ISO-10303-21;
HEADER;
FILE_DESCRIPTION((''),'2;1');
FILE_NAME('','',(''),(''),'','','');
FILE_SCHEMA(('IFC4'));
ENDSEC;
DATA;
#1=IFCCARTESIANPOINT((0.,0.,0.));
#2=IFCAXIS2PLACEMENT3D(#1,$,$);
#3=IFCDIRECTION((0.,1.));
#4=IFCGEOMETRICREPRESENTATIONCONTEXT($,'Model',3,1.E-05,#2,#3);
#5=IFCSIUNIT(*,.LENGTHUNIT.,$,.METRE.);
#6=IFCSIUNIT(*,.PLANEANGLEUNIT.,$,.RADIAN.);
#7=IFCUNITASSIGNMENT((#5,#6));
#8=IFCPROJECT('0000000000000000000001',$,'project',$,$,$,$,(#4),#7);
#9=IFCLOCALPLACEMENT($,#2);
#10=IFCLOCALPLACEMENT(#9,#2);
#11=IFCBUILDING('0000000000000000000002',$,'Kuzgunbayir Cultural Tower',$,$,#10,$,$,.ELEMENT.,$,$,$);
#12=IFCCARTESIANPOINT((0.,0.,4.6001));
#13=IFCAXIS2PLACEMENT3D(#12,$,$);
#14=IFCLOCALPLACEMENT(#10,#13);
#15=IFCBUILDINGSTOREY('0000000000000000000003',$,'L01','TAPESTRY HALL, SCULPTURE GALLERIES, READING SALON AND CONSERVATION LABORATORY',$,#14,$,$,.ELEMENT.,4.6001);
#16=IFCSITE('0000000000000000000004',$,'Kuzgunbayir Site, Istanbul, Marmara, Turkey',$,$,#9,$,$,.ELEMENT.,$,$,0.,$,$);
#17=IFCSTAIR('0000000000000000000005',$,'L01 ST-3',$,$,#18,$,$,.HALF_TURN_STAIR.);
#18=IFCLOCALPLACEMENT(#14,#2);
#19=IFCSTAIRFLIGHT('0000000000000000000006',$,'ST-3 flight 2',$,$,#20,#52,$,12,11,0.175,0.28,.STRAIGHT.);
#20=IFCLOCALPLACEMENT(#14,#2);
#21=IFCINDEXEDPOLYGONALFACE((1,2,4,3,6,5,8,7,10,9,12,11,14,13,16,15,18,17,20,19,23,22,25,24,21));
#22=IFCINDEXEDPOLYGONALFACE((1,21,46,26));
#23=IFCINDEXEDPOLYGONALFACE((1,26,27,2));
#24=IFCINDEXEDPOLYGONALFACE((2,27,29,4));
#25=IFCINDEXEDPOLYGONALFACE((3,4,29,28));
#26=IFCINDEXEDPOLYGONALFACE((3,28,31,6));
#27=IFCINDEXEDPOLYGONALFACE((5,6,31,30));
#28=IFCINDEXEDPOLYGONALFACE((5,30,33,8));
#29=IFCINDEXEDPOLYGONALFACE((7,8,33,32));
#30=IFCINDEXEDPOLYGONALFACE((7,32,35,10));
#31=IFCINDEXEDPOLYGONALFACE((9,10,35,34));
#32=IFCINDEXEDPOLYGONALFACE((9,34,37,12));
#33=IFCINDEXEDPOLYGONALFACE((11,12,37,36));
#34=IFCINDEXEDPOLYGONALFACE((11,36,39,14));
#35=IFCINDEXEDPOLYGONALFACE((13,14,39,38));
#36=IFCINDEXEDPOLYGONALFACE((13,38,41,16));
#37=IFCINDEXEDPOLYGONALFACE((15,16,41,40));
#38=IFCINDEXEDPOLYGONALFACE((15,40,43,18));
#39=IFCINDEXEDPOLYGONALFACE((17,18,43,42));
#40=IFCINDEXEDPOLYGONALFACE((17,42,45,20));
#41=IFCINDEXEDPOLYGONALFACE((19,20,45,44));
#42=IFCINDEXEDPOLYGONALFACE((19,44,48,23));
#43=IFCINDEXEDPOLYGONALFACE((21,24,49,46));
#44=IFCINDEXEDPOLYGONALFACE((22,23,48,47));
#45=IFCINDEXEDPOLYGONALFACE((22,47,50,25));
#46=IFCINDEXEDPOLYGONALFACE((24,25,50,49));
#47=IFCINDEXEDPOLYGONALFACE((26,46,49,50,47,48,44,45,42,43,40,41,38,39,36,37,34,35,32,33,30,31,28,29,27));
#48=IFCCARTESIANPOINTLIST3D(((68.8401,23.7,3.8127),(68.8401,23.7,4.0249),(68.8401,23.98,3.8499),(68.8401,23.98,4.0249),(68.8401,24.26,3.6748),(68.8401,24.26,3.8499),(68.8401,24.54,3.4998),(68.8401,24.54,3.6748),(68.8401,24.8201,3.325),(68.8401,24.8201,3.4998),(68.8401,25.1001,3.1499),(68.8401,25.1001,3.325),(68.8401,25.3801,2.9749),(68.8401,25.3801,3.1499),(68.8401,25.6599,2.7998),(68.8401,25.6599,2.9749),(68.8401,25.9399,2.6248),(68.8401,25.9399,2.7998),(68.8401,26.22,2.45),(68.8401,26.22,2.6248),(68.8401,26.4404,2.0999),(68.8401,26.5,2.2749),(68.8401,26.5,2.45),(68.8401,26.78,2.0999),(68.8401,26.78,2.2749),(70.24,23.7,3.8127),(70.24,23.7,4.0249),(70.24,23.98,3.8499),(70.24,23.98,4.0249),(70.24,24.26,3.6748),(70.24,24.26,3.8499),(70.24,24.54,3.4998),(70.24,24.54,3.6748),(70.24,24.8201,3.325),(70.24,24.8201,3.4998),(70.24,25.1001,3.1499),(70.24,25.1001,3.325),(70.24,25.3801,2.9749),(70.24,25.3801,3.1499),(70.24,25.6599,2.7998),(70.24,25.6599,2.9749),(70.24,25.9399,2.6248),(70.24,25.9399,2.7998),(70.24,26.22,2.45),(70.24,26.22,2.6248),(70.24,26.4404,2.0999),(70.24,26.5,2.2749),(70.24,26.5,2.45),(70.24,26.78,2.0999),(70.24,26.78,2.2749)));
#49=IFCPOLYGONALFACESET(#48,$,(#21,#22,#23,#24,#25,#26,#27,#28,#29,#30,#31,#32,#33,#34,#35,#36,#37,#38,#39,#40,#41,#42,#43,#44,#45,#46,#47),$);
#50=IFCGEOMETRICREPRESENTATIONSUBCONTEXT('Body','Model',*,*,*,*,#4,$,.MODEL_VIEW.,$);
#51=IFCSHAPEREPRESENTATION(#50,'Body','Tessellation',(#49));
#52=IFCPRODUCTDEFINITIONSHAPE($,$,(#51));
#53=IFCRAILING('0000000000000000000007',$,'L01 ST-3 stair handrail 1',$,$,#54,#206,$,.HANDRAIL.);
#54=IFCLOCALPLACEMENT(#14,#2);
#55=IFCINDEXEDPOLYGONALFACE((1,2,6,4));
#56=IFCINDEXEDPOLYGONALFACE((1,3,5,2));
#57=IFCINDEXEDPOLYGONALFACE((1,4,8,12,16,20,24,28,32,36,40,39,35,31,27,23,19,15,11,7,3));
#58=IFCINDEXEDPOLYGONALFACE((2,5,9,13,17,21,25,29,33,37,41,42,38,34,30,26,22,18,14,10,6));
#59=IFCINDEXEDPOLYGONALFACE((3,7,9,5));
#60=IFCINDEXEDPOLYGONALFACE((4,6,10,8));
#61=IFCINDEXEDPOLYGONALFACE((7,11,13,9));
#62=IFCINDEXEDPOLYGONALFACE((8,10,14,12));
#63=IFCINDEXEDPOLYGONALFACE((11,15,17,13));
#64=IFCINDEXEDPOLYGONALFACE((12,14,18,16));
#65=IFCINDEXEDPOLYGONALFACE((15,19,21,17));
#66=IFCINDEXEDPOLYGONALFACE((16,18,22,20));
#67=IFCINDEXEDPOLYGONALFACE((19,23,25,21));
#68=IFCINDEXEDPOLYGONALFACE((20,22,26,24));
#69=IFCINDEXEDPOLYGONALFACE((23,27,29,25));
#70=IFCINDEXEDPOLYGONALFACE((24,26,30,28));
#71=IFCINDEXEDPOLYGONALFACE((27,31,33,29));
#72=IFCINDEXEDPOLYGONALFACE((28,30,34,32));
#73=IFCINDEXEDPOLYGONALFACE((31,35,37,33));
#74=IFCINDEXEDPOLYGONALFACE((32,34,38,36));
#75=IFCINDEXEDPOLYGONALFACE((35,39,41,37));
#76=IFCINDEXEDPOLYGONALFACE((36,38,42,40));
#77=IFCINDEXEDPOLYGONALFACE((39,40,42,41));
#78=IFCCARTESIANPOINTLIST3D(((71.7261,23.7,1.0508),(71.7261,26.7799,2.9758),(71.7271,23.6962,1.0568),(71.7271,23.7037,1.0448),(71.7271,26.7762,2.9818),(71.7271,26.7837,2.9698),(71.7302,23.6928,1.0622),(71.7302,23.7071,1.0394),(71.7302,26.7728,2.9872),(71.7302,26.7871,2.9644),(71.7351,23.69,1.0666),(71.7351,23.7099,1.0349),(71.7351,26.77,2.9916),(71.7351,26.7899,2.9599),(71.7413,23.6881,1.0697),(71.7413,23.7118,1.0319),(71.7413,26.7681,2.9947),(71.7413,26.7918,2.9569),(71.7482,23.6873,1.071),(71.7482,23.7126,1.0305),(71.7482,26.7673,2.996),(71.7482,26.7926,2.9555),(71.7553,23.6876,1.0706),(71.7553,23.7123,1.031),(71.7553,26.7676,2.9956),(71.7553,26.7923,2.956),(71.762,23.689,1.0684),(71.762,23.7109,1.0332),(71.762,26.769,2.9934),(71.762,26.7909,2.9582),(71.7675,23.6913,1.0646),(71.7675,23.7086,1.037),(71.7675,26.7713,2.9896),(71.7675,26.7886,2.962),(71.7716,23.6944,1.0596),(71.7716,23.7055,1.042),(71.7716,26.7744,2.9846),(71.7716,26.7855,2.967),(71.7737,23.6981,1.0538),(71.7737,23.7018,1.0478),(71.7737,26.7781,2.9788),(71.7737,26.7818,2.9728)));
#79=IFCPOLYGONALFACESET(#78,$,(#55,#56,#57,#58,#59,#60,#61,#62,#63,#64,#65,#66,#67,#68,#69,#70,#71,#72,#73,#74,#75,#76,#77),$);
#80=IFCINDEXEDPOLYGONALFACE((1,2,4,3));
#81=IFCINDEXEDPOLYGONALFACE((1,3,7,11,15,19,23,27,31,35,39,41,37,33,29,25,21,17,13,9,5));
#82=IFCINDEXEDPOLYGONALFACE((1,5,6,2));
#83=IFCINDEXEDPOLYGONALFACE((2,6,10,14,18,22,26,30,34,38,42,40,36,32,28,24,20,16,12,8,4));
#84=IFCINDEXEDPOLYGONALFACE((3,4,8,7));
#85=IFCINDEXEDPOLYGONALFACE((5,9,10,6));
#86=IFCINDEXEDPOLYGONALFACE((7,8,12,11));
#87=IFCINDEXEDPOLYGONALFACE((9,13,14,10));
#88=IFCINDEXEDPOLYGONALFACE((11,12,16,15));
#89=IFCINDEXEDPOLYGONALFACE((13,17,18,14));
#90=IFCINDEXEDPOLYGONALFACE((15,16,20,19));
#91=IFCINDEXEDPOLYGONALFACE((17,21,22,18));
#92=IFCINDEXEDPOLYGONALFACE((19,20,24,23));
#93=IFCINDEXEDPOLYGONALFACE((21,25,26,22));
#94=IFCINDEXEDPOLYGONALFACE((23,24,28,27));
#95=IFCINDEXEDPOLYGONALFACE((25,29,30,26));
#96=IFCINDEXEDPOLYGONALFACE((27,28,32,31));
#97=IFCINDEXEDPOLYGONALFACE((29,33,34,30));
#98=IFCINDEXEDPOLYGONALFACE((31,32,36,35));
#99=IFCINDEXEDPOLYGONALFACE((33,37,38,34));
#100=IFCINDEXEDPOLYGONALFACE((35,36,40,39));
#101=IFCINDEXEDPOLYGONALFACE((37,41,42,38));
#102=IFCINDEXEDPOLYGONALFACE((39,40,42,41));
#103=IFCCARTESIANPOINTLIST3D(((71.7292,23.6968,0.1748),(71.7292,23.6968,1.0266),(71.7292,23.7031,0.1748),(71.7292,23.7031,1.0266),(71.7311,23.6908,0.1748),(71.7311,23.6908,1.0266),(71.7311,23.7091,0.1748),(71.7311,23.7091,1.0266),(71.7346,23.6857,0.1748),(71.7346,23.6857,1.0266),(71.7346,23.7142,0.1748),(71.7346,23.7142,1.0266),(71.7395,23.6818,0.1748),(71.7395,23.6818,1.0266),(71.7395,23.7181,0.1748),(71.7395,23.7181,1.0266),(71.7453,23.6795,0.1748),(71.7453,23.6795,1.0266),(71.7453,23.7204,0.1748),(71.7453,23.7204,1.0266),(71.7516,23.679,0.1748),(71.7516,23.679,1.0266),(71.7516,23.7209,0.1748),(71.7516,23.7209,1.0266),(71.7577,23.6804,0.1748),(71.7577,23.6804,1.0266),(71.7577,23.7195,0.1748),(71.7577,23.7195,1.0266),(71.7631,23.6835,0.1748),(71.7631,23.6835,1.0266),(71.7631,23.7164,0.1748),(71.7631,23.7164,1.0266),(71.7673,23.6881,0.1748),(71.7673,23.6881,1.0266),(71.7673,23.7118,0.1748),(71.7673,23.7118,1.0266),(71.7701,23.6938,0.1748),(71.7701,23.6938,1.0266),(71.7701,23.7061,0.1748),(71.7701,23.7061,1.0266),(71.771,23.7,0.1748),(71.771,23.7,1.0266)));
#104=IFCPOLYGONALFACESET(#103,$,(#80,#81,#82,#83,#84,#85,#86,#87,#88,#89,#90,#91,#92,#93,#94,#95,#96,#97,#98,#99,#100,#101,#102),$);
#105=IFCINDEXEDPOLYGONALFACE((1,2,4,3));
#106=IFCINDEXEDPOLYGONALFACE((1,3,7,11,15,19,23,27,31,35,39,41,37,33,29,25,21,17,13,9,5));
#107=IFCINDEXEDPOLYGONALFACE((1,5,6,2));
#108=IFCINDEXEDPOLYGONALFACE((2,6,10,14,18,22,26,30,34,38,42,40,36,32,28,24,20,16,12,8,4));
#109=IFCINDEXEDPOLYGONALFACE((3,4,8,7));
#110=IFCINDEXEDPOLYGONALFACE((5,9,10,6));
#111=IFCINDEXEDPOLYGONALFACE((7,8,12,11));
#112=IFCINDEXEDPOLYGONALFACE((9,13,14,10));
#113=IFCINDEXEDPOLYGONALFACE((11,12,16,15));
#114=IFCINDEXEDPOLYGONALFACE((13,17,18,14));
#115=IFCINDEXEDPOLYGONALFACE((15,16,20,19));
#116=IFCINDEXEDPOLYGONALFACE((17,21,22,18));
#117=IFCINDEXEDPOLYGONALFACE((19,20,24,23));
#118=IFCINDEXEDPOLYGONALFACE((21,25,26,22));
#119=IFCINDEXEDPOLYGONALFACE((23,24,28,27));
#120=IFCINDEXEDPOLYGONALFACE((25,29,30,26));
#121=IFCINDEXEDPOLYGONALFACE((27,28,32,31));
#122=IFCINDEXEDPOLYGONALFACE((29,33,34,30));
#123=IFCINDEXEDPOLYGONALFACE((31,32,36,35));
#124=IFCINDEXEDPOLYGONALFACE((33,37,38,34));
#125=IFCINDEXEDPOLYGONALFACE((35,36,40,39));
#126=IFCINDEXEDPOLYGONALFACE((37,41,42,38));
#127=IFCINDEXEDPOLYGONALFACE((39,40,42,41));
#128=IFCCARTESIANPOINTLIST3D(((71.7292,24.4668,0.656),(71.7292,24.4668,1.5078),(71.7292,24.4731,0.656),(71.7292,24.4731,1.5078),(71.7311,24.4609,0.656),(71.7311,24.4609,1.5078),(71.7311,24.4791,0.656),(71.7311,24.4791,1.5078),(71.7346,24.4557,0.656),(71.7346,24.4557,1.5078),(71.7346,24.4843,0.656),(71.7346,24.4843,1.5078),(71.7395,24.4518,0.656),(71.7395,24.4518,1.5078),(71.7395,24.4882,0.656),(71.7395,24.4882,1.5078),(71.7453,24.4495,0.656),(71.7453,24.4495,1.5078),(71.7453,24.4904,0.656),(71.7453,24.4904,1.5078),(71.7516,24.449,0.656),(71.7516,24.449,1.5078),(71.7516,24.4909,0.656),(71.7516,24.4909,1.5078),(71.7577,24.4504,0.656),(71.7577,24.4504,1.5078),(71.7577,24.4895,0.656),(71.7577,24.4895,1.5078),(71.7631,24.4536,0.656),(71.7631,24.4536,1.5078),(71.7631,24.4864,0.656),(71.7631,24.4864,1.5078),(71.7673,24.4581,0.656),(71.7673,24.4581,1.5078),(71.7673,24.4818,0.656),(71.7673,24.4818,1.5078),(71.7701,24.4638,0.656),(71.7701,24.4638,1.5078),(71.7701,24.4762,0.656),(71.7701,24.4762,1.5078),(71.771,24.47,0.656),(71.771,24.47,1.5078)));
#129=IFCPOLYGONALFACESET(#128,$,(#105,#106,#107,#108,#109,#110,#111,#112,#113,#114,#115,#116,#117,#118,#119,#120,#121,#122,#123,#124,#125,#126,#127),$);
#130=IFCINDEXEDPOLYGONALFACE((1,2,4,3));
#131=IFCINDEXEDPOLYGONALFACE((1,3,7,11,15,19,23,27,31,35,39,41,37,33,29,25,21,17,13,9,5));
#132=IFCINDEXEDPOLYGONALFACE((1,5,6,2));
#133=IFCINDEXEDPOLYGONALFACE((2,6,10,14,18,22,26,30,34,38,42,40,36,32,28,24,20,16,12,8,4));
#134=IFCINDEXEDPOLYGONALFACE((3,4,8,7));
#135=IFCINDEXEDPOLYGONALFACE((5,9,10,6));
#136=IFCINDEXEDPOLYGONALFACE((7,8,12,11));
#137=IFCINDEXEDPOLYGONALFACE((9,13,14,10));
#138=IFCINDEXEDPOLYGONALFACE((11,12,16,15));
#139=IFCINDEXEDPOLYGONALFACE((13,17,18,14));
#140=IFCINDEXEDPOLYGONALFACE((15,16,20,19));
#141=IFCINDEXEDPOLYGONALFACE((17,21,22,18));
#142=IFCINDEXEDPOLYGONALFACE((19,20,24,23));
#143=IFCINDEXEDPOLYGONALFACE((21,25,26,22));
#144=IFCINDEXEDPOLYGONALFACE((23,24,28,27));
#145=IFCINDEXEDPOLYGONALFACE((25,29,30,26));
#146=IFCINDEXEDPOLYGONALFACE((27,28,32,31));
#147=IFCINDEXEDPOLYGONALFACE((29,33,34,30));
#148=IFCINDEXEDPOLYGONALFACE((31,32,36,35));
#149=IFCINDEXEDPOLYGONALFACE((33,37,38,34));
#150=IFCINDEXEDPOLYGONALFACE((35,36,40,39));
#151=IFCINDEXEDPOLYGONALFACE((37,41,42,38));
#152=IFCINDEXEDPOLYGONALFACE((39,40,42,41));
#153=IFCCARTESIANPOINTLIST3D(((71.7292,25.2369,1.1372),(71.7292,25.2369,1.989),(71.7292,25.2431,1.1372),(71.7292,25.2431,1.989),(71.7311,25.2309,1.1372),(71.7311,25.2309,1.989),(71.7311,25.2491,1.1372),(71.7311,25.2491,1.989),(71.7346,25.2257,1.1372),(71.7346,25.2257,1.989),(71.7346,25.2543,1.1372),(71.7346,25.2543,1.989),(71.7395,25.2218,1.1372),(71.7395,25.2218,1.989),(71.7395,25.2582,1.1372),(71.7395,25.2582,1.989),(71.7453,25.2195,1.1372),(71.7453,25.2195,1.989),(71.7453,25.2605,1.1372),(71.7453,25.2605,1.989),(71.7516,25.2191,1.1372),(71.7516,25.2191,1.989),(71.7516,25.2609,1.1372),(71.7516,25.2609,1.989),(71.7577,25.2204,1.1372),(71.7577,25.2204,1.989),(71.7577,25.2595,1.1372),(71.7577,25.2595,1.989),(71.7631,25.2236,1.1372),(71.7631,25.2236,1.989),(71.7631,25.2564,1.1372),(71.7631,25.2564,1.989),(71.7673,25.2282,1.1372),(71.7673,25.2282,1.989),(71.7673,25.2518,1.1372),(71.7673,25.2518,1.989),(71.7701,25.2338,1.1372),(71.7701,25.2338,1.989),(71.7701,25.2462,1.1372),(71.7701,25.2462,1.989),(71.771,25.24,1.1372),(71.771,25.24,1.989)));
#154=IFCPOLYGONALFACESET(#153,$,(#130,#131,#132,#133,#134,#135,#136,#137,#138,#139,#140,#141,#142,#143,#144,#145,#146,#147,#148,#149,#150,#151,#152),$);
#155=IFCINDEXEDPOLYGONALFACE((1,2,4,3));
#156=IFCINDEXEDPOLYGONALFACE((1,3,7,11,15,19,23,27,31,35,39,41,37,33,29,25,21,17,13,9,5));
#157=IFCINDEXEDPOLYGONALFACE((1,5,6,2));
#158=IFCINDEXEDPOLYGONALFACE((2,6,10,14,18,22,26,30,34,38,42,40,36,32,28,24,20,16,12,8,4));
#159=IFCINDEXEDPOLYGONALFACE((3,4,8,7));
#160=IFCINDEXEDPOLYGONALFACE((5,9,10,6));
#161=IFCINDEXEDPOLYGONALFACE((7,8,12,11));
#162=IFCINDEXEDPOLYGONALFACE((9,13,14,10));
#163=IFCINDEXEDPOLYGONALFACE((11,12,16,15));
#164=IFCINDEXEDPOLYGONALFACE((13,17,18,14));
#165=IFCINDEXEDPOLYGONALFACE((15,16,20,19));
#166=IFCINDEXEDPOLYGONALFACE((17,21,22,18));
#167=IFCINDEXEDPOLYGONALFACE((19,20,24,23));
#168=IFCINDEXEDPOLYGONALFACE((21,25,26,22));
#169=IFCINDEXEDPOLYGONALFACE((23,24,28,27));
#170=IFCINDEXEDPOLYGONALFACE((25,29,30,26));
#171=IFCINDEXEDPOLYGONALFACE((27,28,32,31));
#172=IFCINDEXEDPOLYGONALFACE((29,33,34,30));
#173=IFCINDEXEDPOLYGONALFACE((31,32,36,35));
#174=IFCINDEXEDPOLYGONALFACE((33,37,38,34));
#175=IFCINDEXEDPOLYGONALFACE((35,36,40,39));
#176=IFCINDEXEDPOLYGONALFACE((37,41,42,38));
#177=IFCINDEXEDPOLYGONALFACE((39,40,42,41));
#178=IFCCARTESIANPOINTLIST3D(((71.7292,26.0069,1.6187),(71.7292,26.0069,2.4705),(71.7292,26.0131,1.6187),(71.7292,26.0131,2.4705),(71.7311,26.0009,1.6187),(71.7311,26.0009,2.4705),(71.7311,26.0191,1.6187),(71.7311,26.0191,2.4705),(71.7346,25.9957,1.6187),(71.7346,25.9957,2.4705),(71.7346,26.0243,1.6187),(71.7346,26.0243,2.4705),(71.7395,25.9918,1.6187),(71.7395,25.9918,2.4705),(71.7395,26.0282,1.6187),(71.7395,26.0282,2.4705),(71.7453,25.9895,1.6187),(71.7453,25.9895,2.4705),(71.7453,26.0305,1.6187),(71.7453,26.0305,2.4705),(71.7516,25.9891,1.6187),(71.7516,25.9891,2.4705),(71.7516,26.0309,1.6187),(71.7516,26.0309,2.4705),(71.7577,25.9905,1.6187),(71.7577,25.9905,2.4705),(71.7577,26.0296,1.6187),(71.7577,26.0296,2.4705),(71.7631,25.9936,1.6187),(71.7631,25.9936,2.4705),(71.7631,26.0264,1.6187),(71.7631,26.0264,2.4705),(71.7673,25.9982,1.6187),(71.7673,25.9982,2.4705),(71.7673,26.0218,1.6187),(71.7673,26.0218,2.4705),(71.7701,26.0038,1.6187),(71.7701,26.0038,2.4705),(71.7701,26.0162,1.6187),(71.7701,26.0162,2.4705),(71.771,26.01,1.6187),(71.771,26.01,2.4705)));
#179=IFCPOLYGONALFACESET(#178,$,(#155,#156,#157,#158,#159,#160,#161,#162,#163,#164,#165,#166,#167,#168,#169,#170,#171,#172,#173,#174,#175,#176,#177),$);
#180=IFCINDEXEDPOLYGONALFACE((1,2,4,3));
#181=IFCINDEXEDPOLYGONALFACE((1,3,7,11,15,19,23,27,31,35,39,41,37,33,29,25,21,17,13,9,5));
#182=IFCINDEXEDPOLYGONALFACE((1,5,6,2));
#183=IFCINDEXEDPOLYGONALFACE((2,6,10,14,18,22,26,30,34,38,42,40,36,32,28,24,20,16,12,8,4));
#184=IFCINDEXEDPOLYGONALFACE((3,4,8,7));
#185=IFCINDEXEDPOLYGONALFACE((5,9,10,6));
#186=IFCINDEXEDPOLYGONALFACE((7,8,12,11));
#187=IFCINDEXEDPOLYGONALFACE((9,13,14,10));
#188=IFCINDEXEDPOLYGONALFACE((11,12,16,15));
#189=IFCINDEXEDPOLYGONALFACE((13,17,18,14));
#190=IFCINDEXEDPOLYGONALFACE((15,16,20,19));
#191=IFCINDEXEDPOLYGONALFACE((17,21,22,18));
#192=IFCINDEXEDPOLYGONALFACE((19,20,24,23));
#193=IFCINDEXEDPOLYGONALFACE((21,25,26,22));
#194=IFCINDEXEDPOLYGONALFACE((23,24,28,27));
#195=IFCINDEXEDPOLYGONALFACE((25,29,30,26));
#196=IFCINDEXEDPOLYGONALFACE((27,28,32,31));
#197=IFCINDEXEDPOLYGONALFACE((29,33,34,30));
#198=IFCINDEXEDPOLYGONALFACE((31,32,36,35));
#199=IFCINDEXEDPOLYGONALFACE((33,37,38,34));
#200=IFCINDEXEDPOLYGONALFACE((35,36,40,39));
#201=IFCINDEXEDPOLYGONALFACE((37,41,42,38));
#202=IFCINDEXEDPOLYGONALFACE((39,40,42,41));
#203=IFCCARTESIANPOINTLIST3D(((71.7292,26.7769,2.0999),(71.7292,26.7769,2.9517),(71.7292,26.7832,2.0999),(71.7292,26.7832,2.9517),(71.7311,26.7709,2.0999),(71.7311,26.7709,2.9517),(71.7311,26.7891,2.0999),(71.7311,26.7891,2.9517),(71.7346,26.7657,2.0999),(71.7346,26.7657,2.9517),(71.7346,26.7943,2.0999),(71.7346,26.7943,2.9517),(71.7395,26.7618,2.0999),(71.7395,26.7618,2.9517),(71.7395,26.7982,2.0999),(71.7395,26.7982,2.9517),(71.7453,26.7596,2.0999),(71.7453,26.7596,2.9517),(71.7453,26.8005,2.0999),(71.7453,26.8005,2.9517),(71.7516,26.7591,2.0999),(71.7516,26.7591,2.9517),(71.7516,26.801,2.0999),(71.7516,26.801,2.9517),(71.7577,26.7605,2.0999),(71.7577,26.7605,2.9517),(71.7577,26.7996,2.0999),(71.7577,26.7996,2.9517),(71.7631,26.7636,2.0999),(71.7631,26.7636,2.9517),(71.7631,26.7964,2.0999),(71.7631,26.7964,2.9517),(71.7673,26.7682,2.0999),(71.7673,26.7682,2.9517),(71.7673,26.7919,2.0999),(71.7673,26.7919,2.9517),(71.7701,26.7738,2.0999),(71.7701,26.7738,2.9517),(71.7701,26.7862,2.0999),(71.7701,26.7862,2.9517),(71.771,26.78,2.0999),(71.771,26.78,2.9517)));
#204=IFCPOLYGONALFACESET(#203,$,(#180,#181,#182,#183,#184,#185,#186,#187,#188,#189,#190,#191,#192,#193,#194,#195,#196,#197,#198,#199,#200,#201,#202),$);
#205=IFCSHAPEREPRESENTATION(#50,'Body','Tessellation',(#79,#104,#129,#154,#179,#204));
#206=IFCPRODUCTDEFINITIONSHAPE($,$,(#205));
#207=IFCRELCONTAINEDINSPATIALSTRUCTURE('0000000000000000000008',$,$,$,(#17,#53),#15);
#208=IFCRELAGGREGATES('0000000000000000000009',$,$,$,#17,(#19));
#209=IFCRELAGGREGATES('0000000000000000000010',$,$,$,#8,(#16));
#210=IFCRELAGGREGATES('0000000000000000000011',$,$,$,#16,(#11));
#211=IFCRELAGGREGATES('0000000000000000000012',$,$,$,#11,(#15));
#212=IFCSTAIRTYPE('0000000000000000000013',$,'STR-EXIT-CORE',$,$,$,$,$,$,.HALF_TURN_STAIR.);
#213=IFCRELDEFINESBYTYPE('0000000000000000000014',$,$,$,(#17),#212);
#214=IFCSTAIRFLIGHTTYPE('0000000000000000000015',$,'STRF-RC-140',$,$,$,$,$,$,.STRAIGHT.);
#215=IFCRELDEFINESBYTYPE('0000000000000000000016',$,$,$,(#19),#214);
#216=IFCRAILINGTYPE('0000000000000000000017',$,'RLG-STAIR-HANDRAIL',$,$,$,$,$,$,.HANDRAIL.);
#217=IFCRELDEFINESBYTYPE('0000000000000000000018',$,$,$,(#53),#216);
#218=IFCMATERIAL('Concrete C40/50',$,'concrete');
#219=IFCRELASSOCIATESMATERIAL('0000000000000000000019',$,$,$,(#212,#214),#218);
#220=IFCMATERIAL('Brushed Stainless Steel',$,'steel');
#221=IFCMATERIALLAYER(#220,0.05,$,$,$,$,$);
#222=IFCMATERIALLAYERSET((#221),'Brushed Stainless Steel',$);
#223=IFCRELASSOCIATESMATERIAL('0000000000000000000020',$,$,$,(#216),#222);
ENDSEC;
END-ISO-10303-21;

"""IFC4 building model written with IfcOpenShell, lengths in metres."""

from ifc_helpers import new_model, si_unit, direction, frame, origin, origin_2d, place, context, subcontext, project, spatial, polyline, circle, outline, extrude, material, layer, layer_set, type_object, element, aggregate, save


model = new_model("IFC4")

# Units and contexts
model_context = context("Model", 3, precision=1e-05, world=origin(), true_north=direction((0.0, 1.0)))
body_context = subcontext(model_context, "Body", "Model", "MODEL_VIEW")
ifc_project = project(units=[si_unit("LENGTHUNIT", "METRE"), si_unit("PLANEANGLEUNIT", "RADIAN")], contexts=[model_context])

# Site, building, storey
site_placement = place(None, origin())
site = spatial("IfcSite", under=ifc_project, at=site_placement, Name="Kuzgunbayir Site, Istanbul, Marmara, Turkey", CompositionType="ELEMENT", RefElevation=0.0)
building_placement = place(site_placement, origin())
building = spatial("IfcBuilding", under=site, at=building_placement, Name="Kuzgunbayir Cultural Tower", CompositionType="ELEMENT")
storey_placement = place(building_placement, frame((0.0, 0.0, 4.6001)))
storey = spatial("IfcBuildingStorey", under=building, at=storey_placement, Name="L01", Description="TAPESTRY HALL, SCULPTURE GALLERIES, READING SALON AND CONSERVATION LABORATORY", CompositionType="ELEMENT", Elevation=4.6001)

# Shared definitions
ifc_material_1 = material(Name="Concrete C40/50", Category="concrete")

# Stair, stair flight
stair_type = type_object("IfcStairType", Name="STR-EXIT-CORE", PredefinedType="HALF_TURN_STAIR", material=ifc_material_1)
stair_placement = place(storey_placement, origin())
stair = element("IfcStair", 1, at=stair_placement, inside=storey, type_object=stair_type, Name="L01 ST-3", PredefinedType="HALF_TURN_STAIR")
stair_flight_type = type_object("IfcStairFlightType", Name="STRF-RC-140", PredefinedType="STRAIGHT", material=ifc_material_1)
stair_flight_1_placement = place(storey_placement, frame((69.54, 26.78, 2.0999), z_axis=(0.0, 0.0, 1.0), x_axis=(0.0, -1.0, 0.0)))
stair_flight_1 = element("IfcStairFlight", 2, at=stair_flight_1_placement, type_object=stair_flight_type, Name="ST-3 flight 2", NumberOfRisers=12, NumberOfTreads=11, PredefinedType="STRAIGHT", RiserHeight=0.175, TreadLength=0.28, context=body_context, shape_type="SweptSolid", body=[
    extrude(outline(polyline([(0.0, 0.0), (0.0, 0.175), (0.28, 0.175), (0.28, 0.3501), (0.5601, 0.3501), (0.5601, 0.5249), (0.8401, 0.5249), (0.8401, 0.7), (1.1201, 0.7), (1.1201, 0.875), (1.3999, 0.875), (1.3999, 1.05), (1.6799, 1.05), (1.6799, 1.2251), (1.96, 1.2251), (1.96, 1.3999), (2.24, 1.3999), (2.24, 1.575), (2.52, 1.575), (2.52, 1.75), (2.8, 1.75), (2.8, 1.925), (3.0801, 1.925), (3.0801, 2.1001), (3.0801, 1.7129), (0.3396, 0.0), (0.0, 0.0)])), frame((0.0, 0.7, 0.0), z_axis=(0.0, -1.0, 0.0), x_axis=(1.0, 0.0, 0.0)), (0.0, 0.0, 1.0), 1.3999),
])
aggregate(stair, [stair_flight_1])

# Railing
ifc_material_2 = material(Name="Brushed Stainless Steel", Category="steel")
ifc_layer_1 = layer(ifc_material_2, 0.05)
ifc_layer_set_1 = layer_set([ifc_layer_1], Name="Brushed Stainless Steel")
railing_type_1 = type_object("IfcRailingType", Name="RLG-STAIR-HANDRAIL", PredefinedType="HANDRAIL", material=ifc_layer_set_1)
railing_1_placement = place(storey_placement, frame((71.75, 23.7, 0.1748)))
element("IfcRailing", 3, at=railing_1_placement, inside=storey, type_object=railing_type_1, Name="L01 ST-3 stair handrail 1", PredefinedType="HANDRAIL", context=body_context, shape_type="SweptSolid", body=[
    extrude(circle(Radius=0.0239, at=origin_2d()), frame((0.0, 0.0, 0.876), z_axis=(0.0, 0.847998, 0.529999), x_axis=(-1.0, 0.0, 0.0)), (0.0, 0.0, 1.0), 3.6321),
    extrude(circle(Radius=0.021, at=origin_2d()), origin(), (0.0, 0.0, 1.0), 0.8518),
    extrude(circle(Radius=0.021, at=origin_2d()), frame((0.0, 0.77, 0.4812)), (0.0, 0.0, 1.0), 0.8518),
    extrude(circle(Radius=0.021, at=origin_2d()), frame((0.0, 1.54, 0.9624)), (0.0, 0.0, 1.0), 0.8518),
    extrude(circle(Radius=0.021, at=origin_2d()), frame((0.0, 2.3101, 1.4438)), (0.0, 0.0, 1.0), 0.8518),
    extrude(circle(Radius=0.021, at=origin_2d()), frame((0.0, 3.0801, 1.925)), (0.0, 0.0, 1.0), 0.8518),
])

save(model, "model.ifc")
